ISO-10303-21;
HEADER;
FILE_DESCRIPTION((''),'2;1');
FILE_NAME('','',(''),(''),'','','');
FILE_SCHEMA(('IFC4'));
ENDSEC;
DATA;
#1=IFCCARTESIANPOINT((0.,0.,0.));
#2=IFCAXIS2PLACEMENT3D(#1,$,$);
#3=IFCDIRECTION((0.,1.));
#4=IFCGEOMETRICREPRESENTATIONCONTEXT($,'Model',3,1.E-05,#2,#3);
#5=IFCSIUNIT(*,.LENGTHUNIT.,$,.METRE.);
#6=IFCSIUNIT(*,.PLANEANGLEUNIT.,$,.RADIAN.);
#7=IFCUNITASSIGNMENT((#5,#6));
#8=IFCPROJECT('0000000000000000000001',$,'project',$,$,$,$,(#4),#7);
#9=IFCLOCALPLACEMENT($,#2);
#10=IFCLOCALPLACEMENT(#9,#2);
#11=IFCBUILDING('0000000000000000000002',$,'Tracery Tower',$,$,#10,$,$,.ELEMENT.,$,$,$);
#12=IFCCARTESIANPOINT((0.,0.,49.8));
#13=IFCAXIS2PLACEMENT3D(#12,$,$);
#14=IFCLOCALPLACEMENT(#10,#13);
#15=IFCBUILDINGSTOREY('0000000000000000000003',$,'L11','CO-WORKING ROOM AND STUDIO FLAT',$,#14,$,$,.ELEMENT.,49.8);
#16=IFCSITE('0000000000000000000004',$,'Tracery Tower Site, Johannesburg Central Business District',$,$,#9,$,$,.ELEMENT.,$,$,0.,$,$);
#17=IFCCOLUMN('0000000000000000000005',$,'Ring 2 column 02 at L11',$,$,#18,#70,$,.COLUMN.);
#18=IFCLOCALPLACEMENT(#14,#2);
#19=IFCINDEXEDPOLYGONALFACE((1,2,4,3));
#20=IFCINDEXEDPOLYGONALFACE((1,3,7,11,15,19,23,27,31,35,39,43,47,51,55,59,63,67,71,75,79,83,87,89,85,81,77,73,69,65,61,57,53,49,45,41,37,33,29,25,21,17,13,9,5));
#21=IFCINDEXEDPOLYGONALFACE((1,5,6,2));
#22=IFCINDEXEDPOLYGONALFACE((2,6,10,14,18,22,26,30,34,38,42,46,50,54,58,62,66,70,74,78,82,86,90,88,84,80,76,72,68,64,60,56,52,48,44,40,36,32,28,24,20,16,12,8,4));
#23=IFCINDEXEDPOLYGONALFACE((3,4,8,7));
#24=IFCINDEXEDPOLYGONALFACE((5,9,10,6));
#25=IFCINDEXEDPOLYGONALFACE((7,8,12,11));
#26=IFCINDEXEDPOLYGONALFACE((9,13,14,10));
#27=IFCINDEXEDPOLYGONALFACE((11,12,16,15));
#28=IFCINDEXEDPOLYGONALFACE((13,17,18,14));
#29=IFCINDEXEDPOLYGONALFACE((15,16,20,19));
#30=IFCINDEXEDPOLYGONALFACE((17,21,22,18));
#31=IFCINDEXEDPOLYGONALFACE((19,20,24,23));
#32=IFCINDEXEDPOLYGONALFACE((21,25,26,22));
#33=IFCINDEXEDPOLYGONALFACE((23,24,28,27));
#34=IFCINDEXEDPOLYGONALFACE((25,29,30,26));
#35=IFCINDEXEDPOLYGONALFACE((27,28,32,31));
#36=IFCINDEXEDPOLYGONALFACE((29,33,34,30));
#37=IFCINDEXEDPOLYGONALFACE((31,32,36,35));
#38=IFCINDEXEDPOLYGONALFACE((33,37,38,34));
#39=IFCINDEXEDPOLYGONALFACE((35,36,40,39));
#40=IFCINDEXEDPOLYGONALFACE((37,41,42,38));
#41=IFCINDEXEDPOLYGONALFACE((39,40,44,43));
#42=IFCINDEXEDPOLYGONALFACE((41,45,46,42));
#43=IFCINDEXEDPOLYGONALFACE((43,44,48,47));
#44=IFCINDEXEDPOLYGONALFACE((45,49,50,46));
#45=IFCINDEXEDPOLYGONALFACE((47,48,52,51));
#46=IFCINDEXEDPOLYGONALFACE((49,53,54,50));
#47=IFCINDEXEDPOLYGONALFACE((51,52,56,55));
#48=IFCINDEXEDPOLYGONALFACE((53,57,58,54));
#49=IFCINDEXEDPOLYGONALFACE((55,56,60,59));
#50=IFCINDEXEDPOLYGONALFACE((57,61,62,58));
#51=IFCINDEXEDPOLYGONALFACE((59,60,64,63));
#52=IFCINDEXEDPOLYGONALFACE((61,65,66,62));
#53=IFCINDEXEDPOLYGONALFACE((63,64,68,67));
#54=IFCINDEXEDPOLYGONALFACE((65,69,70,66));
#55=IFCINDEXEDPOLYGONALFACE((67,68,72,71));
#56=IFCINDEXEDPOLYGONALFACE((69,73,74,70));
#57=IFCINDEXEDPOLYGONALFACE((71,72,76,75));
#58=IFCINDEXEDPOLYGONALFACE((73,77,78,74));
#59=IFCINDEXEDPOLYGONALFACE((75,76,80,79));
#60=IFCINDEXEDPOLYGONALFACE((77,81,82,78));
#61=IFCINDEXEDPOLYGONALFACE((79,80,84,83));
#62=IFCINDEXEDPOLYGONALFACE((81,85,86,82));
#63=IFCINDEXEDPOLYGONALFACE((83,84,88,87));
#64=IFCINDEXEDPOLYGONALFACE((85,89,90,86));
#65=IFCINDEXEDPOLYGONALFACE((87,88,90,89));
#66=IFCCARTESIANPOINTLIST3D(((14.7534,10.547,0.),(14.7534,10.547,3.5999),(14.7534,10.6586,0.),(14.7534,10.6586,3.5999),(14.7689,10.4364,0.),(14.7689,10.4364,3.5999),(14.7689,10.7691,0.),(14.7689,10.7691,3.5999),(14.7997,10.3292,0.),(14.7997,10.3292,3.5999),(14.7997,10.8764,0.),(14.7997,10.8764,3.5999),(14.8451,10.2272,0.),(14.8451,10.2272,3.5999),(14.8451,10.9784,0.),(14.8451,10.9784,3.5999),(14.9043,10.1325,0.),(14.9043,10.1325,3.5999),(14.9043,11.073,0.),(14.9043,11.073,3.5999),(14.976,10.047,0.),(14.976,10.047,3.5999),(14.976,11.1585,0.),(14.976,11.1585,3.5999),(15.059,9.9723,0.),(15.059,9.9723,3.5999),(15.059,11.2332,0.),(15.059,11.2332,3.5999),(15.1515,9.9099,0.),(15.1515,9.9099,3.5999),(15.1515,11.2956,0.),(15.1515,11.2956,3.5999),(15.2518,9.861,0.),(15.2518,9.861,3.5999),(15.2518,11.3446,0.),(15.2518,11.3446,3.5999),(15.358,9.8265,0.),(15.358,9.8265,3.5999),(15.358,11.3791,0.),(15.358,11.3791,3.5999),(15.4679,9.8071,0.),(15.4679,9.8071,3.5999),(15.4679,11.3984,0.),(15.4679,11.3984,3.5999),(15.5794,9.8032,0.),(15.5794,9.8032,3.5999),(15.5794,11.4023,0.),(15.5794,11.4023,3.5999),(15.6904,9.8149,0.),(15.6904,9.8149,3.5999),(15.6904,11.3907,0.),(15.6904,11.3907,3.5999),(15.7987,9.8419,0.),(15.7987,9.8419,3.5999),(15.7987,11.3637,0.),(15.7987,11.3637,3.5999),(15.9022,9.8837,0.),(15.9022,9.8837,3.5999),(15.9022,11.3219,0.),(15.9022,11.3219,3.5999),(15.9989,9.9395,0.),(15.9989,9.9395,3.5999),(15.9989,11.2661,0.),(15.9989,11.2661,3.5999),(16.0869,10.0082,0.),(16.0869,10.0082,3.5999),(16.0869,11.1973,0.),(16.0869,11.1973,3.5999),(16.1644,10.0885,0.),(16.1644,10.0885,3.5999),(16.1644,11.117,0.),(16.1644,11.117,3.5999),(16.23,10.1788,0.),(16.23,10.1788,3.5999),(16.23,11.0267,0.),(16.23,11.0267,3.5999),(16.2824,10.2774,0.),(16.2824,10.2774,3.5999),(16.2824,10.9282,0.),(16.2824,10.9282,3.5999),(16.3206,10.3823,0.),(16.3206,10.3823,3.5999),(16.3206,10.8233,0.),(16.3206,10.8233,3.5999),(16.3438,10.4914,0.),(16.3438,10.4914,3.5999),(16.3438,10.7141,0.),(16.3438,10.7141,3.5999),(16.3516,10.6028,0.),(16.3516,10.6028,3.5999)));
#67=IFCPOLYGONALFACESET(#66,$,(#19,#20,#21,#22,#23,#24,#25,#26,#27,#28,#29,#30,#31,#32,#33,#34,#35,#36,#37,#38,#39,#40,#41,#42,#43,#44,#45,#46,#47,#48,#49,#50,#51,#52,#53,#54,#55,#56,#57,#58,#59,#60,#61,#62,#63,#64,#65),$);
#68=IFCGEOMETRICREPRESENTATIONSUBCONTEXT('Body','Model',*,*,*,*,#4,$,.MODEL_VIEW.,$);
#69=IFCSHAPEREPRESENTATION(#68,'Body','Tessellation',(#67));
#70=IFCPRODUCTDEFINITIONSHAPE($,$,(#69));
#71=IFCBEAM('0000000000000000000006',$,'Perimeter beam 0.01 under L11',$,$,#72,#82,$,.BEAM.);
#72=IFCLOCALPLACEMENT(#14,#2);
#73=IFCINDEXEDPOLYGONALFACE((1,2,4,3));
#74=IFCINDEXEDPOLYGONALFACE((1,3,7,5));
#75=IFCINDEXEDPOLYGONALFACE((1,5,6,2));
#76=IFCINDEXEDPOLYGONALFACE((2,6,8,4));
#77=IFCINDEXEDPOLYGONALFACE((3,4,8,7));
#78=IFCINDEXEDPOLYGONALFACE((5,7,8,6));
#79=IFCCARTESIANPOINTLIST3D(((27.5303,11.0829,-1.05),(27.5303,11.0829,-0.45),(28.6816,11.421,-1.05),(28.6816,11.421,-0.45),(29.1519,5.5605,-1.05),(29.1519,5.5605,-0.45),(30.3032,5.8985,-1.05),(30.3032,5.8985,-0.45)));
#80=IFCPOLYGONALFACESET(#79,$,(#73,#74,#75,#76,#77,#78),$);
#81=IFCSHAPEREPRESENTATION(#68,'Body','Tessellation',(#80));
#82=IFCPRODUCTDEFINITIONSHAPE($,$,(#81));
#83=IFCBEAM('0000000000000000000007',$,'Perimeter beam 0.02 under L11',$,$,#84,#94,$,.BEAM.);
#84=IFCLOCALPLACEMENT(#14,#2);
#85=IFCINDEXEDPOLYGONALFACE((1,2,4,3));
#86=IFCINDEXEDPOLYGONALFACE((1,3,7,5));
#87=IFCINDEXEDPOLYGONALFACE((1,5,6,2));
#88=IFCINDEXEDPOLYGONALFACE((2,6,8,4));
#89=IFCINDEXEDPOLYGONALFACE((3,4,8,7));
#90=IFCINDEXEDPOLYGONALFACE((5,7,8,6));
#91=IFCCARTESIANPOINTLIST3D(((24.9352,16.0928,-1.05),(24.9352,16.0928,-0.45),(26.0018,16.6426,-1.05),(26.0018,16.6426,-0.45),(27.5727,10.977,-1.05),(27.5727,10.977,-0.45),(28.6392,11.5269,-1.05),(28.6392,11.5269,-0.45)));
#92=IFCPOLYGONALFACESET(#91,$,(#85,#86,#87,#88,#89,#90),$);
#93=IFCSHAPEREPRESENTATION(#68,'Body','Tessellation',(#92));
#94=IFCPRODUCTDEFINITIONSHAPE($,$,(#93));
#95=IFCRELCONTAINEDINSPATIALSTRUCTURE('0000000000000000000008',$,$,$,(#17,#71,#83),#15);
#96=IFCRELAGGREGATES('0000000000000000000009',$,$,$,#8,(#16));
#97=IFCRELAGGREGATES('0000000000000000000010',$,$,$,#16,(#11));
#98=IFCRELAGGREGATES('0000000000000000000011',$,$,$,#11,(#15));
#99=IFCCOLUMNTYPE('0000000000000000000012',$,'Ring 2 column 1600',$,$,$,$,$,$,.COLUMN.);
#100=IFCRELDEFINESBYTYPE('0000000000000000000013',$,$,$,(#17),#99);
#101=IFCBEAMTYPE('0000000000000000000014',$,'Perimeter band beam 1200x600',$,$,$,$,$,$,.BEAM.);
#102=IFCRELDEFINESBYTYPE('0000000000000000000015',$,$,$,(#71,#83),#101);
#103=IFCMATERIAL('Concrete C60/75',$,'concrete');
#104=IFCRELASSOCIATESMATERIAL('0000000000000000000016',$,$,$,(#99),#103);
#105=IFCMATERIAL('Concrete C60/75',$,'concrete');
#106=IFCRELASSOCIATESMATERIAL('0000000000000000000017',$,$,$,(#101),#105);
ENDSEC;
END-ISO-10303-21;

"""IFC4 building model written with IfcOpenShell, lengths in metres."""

from ifc_helpers import new_model, si_unit, direction, frame, origin, origin_2d, place, context, subcontext, project, spatial, rectangle, circle, extrude, material, material_profile, profile_set, type_object, element, save


model = new_model("IFC4")

# Units and contexts
model_context = context("Model", 3, precision=1e-05, world=origin(), true_north=direction((0.0, 1.0)))
body_context = subcontext(model_context, "Body", "Model", "MODEL_VIEW")
ifc_project = project(units=[si_unit("LENGTHUNIT", "METRE"), si_unit("PLANEANGLEUNIT", "RADIAN")], contexts=[model_context])

# Site, building, storey
site_placement = place(None, origin())
site = spatial("IfcSite", under=ifc_project, at=site_placement, Name="Tracery Tower Site, Johannesburg Central Business District", CompositionType="ELEMENT", RefElevation=0.0)
building_placement = place(site_placement, origin())
building = spatial("IfcBuilding", under=site, at=building_placement, Name="Tracery Tower", CompositionType="ELEMENT")
storey_placement = place(building_placement, frame((0.0, 0.0, 49.8)))
storey = spatial("IfcBuildingStorey", under=building, at=storey_placement, Name="L11", Description="CO-WORKING ROOM AND STUDIO FLAT", CompositionType="ELEMENT", Elevation=49.8)

# Column
ifc_material_1 = material(Name="Concrete C60/75", Category="concrete")
ifc_material_profile_1 = material_profile(ifc_material_1, circle(Radius=0.8, at=origin_2d()), Name="RC D1600")
ifc_profile_set_1 = profile_set([ifc_material_profile_1], Name="Concrete C60/75")
column_type_1 = type_object("IfcColumnType", Name="Ring 2 column 1600", PredefinedType="COLUMN", material=ifc_profile_set_1)
for number, where, z_axis, x_axis, name in (
    (1, (15.5515, 10.6028, 0.0), (0.0, 0.0, 1.0), (1.0, 0.0, 0.0), "Ring 2 column 02 at L11"),
):
    element("IfcColumn", number, at=place(storey_placement, frame(where, z_axis=z_axis, x_axis=x_axis)), inside=storey, type_object=column_type_1, Name=name, PredefinedType="COLUMN", context=body_context, shape_type="SweptSolid", body=[
        extrude(circle(Radius=0.8, at=origin_2d()), origin(), (0.0, 0.0, 1.0), 3.5999),
    ])

# Beams
ifc_material_2 = material(Name="Concrete C60/75", Category="concrete")
ifc_material_profile_2 = material_profile(ifc_material_2, rectangle(XDim=1.2, YDim=0.6001, at=origin_2d()), Name="RC 1200x600")
ifc_profile_set_2 = profile_set([ifc_material_profile_2], Name="Concrete C60/75")
beam_type = type_object("IfcBeamType", Name="Perimeter band beam 1200x600", PredefinedType="BEAM", material=ifc_profile_set_2)
for number, where, z_axis, x_axis, name in (
    (2, (29.7275, 5.7295, -0.75), (-0.281739, 0.959491, 0.0), (-0.959491, -0.281739, 0.0), "Perimeter beam 0.01 under L11"),
    (3, (28.106, 11.252, -0.75), (-0.458242, 0.888827, 0.0), (-0.888827, -0.458242, 0.0), "Perimeter beam 0.02 under L11"),
):
    element("IfcBeam", number, at=place(storey_placement, frame(where, z_axis=z_axis, x_axis=x_axis)), inside=storey, type_object=beam_type, Name=name, PredefinedType="BEAM", context=body_context, shape_type="SweptSolid", body=[
        extrude(rectangle(XDim=1.2, YDim=0.6001, at=origin_2d()), origin(), (0.0, 0.0, 1.0), 5.7556),
    ])

save(model, "model.ifc")
